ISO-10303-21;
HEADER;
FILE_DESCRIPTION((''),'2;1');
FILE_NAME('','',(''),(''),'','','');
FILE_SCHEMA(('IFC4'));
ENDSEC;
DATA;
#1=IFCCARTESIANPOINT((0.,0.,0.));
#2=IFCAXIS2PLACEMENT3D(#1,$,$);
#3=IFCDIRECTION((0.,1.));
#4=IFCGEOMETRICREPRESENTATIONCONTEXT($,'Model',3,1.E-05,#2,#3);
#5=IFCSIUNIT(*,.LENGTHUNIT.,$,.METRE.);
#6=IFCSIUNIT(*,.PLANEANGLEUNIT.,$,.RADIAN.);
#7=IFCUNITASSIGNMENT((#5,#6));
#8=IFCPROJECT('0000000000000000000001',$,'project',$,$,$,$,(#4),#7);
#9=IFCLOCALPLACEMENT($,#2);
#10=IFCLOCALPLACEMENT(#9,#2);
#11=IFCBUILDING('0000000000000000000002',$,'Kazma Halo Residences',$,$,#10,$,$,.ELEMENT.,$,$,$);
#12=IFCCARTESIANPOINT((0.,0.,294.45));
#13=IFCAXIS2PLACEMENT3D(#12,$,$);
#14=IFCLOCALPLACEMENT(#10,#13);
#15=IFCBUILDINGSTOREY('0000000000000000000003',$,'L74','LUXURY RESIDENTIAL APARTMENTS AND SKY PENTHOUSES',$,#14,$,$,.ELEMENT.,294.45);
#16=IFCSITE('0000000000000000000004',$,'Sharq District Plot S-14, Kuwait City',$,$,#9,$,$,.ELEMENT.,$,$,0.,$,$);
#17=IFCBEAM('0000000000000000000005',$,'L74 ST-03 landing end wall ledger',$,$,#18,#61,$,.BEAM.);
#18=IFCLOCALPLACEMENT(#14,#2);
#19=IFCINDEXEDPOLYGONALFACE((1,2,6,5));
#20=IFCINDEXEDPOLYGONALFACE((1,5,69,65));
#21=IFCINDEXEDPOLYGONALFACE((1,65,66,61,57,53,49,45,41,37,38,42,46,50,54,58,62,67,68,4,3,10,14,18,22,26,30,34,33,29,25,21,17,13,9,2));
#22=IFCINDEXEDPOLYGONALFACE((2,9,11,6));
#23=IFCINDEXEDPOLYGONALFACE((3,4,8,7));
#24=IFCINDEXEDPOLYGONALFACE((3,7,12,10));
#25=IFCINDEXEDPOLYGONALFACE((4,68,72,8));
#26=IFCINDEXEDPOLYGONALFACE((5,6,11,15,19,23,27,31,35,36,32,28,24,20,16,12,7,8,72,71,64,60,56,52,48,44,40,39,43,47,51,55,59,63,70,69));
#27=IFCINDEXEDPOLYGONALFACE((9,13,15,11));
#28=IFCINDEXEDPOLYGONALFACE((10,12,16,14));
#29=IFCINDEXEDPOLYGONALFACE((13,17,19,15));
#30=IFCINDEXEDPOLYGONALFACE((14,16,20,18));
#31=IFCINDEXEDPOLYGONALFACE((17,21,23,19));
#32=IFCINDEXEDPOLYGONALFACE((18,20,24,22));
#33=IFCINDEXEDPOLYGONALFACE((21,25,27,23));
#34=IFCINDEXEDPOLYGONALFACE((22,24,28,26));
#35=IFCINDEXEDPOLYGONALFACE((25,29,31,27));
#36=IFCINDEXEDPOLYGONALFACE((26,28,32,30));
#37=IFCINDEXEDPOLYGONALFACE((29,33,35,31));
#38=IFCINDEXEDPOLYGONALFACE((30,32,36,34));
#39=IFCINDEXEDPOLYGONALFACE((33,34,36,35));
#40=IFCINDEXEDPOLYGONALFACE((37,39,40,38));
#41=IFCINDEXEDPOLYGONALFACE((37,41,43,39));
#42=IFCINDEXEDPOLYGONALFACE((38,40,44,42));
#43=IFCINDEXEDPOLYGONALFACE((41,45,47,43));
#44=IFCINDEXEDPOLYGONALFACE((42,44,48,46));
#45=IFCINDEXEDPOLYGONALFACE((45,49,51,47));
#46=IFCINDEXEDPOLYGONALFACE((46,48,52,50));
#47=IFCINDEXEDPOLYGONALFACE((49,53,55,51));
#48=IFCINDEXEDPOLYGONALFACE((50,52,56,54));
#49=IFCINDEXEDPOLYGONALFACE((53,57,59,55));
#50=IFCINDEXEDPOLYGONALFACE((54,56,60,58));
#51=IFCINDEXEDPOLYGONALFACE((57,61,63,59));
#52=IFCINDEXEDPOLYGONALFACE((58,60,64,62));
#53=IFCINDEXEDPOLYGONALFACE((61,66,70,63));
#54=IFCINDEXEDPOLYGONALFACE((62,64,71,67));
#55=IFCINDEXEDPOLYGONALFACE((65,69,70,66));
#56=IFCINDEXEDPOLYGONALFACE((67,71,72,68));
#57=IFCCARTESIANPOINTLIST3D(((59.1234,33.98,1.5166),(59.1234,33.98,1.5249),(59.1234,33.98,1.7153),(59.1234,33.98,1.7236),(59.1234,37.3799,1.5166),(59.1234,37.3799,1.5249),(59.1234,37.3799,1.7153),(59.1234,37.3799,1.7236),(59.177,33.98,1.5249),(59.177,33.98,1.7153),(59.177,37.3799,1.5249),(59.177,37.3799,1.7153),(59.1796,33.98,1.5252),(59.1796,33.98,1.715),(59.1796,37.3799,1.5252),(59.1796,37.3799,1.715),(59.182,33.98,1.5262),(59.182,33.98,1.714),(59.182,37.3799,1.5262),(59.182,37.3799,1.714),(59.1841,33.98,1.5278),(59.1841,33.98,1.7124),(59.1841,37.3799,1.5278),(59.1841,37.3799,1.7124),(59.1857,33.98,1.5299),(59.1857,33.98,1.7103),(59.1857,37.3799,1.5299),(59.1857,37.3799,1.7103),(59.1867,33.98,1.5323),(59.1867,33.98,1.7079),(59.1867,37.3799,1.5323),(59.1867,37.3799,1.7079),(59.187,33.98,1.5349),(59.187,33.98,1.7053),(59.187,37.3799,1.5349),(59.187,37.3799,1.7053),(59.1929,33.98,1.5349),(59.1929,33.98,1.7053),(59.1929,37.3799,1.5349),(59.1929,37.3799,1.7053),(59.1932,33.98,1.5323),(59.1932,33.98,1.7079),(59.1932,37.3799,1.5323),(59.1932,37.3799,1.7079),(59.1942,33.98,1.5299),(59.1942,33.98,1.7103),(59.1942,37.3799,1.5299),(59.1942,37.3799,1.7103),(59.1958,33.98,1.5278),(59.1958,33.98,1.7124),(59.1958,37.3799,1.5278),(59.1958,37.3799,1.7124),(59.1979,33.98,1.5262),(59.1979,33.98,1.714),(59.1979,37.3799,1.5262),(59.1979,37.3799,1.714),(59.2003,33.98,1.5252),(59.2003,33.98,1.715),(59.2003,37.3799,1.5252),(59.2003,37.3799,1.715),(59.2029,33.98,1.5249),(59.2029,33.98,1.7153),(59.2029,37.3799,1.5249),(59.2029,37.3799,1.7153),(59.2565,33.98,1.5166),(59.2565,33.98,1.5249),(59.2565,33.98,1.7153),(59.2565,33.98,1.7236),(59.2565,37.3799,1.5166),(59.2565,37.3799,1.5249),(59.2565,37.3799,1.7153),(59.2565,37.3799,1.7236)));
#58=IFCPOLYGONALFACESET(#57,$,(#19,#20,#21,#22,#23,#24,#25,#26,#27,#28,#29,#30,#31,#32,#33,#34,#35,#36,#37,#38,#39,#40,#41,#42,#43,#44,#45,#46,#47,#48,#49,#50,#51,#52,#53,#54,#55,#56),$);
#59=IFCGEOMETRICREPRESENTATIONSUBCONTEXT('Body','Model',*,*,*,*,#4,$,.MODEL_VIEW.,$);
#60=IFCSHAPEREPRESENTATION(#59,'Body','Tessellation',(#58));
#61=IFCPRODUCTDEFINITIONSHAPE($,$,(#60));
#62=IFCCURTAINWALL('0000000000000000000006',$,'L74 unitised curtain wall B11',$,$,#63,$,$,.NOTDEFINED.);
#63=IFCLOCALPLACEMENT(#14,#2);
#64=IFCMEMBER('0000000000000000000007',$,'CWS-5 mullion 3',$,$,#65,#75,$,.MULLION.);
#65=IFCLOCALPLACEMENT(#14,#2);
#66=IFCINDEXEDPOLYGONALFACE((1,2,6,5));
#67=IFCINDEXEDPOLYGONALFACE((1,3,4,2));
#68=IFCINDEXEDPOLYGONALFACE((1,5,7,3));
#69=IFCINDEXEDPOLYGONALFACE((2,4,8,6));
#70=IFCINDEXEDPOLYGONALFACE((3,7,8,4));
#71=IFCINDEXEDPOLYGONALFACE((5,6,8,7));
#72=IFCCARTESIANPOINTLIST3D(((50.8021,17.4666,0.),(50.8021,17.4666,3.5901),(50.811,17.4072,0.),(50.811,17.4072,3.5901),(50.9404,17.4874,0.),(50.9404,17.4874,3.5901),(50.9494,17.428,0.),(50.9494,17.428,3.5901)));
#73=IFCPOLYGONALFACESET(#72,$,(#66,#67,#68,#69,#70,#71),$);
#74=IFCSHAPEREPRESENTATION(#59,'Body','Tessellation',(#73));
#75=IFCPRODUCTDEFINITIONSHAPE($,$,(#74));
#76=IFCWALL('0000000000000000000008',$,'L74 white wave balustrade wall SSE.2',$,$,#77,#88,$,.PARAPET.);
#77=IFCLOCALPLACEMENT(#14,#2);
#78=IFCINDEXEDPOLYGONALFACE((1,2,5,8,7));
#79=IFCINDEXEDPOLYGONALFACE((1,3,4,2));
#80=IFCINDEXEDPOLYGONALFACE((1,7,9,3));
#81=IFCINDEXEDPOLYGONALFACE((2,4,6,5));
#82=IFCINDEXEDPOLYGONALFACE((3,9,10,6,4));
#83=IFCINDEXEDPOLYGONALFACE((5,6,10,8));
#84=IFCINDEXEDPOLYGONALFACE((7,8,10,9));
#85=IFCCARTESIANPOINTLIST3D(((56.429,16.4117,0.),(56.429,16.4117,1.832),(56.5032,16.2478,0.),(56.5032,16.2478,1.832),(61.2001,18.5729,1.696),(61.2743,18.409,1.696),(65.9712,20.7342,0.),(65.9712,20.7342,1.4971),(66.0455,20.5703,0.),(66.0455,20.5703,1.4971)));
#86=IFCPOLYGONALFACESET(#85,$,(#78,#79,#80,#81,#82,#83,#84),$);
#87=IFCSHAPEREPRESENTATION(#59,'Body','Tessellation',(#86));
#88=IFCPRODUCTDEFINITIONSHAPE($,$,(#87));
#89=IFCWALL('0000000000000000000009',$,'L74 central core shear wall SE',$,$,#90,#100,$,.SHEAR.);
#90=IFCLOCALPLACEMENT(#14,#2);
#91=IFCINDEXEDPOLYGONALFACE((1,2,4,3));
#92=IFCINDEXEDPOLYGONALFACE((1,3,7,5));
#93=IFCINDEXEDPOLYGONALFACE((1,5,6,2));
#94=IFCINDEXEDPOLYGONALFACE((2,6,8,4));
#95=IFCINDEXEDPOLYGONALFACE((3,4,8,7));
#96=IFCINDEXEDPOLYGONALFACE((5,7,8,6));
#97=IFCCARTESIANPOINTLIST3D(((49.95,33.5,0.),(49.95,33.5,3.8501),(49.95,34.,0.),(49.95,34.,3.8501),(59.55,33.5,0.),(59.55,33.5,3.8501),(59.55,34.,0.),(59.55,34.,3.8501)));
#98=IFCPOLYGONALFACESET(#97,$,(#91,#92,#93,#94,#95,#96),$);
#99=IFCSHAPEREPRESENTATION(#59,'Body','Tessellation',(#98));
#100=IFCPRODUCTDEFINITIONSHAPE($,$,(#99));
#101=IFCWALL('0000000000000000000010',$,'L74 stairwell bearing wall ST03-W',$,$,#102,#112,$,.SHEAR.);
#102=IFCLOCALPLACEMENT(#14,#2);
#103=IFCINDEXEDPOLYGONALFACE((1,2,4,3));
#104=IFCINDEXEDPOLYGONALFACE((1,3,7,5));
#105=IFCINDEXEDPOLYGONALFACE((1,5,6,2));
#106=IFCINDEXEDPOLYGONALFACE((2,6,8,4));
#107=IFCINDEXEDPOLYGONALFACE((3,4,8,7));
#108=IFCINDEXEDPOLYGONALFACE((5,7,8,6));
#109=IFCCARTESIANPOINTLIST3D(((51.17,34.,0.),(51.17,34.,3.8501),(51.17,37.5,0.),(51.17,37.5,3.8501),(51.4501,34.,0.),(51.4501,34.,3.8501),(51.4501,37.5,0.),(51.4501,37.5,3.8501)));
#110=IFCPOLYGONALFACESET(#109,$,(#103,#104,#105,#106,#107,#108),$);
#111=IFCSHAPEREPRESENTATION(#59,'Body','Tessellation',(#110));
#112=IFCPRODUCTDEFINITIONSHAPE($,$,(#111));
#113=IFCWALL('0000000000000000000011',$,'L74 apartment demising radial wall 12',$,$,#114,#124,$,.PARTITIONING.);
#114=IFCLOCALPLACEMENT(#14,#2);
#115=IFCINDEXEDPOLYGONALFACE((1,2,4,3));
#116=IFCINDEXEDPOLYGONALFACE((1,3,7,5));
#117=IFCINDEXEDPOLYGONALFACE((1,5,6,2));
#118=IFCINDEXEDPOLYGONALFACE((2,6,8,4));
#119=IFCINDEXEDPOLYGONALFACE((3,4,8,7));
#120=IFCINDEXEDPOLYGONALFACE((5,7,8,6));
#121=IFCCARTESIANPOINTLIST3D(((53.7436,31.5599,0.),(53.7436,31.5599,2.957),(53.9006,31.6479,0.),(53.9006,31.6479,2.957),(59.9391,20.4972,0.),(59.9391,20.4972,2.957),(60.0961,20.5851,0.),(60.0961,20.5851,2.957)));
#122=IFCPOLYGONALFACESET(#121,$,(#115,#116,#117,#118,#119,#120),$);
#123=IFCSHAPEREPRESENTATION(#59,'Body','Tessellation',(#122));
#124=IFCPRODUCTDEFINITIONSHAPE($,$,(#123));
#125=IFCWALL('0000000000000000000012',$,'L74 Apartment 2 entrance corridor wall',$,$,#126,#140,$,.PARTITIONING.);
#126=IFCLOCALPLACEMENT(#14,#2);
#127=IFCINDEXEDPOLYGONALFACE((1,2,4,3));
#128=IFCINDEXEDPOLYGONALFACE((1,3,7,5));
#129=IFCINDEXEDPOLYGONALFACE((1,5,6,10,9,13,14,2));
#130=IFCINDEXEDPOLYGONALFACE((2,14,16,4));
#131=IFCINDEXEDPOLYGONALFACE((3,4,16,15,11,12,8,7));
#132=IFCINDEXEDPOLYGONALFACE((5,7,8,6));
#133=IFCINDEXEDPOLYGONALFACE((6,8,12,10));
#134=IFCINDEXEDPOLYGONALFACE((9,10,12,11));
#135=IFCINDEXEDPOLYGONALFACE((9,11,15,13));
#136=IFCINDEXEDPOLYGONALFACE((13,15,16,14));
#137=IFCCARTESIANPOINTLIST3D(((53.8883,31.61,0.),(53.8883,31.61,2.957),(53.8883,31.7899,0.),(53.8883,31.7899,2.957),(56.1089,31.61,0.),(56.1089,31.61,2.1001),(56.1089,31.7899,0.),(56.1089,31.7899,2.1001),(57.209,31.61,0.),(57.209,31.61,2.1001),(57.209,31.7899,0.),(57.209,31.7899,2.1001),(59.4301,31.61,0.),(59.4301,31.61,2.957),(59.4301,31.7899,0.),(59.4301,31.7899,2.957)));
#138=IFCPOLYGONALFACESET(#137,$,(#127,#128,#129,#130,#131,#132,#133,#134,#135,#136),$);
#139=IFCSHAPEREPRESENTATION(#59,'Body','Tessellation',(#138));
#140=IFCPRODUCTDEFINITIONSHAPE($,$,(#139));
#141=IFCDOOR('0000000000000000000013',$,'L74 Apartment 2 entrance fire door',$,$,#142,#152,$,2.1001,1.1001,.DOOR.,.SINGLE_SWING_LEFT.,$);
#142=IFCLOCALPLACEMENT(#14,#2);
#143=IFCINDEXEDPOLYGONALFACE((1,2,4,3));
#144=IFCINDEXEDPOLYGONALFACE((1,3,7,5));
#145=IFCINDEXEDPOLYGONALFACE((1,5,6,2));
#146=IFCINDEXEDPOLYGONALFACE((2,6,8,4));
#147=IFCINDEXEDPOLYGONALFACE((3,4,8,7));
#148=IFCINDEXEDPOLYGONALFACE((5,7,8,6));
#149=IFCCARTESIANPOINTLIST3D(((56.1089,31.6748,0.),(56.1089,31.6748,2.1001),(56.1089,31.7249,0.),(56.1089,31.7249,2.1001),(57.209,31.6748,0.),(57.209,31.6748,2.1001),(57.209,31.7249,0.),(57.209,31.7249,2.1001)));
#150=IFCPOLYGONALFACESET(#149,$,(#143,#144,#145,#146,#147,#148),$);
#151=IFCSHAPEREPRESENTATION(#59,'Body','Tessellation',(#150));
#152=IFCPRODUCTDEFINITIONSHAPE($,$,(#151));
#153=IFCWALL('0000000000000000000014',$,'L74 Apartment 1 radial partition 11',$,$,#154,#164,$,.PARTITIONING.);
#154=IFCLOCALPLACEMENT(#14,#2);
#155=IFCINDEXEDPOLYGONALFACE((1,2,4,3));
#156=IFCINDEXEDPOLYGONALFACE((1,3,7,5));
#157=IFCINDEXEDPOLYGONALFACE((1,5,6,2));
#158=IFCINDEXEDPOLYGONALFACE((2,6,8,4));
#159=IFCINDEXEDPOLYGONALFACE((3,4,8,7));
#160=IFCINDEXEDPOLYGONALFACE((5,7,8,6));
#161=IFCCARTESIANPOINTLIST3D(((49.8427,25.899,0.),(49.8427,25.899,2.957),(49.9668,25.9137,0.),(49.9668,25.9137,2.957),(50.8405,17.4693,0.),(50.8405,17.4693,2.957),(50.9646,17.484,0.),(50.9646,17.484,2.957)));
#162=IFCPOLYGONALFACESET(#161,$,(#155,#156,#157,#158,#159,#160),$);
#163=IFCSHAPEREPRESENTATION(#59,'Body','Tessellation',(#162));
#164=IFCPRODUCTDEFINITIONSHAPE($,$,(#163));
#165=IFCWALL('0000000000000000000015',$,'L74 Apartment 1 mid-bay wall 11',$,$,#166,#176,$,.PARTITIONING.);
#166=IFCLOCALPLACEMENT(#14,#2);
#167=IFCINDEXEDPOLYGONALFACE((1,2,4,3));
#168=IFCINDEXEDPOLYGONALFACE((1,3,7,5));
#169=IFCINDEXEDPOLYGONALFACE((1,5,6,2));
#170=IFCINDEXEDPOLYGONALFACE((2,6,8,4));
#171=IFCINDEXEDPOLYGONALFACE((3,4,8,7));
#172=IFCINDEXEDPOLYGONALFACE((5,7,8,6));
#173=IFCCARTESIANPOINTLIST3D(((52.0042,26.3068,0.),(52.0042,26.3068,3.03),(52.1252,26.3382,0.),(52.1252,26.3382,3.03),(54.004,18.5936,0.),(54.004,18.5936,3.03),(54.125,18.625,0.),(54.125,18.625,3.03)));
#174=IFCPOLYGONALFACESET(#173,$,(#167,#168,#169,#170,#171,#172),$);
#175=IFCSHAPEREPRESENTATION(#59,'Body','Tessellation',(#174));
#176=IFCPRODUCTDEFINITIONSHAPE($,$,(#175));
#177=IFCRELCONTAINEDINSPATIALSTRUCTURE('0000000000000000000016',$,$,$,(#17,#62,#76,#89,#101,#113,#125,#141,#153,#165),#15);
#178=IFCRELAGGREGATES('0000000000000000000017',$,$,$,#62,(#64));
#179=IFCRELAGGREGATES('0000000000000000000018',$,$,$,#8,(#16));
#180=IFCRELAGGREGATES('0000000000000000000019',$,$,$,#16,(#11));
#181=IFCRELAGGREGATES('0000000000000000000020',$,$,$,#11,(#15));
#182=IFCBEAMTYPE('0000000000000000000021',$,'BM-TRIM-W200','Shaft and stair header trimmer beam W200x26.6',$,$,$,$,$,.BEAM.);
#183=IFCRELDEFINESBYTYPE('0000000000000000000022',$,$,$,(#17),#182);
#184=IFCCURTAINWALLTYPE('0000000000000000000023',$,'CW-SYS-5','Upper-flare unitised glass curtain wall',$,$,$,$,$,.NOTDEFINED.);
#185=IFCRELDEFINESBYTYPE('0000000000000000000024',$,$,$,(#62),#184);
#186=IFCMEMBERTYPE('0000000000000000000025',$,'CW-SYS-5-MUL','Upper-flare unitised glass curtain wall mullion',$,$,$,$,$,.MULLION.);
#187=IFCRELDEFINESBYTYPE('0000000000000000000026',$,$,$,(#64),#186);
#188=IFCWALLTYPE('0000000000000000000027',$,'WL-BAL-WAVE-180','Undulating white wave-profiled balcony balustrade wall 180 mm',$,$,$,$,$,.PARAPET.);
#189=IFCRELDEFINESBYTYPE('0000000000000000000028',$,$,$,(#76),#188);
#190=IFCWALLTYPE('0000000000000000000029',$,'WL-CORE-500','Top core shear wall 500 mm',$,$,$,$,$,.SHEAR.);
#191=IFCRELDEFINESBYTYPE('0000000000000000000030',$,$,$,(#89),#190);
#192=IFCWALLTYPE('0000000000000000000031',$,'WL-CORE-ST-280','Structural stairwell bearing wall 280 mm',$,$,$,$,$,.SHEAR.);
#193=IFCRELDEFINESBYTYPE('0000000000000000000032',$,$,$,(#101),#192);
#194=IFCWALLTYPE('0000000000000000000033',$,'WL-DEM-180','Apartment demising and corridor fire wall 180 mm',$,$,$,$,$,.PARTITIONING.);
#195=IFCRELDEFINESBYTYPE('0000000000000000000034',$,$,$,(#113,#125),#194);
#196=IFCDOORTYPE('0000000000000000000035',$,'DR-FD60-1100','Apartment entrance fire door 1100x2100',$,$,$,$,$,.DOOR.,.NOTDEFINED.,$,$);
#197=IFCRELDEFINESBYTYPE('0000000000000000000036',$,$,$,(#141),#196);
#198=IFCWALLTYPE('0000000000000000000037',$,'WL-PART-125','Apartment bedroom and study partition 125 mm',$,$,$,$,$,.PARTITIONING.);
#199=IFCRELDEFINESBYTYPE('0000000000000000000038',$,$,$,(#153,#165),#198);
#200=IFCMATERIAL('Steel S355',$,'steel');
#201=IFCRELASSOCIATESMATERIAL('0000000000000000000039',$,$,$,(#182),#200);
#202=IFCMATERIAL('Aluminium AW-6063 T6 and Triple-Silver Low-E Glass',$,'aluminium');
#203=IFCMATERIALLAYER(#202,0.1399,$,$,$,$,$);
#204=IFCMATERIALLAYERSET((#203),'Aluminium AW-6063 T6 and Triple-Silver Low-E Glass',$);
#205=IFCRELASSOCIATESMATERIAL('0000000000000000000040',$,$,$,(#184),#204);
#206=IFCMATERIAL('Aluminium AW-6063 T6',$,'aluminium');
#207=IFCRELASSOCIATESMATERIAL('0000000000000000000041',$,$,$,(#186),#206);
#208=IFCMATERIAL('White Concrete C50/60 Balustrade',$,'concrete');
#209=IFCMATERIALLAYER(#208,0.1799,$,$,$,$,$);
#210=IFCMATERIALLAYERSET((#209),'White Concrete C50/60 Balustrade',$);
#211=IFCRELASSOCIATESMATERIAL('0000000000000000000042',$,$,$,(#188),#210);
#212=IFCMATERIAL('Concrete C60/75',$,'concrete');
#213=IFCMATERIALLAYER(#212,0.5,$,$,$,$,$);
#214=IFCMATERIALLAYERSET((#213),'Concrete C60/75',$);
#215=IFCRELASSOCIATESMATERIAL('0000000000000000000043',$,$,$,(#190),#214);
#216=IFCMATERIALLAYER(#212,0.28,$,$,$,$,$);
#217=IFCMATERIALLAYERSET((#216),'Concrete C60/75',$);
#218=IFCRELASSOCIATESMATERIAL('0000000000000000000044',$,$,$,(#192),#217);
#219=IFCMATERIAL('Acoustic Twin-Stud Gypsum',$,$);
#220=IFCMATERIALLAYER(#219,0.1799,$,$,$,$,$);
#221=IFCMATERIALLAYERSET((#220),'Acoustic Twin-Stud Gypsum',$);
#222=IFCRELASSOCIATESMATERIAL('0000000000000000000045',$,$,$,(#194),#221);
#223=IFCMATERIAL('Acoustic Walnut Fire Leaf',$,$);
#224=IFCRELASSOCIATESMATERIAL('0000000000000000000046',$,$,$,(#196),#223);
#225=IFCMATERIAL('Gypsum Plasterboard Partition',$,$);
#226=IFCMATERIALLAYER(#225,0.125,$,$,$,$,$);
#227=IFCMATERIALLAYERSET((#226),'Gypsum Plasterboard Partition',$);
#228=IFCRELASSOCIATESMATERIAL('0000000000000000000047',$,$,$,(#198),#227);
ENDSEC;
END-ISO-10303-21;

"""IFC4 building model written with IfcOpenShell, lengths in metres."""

from ifc_helpers import new_model, si_unit, direction, frame, frame_2d, origin, origin_2d, place, context, subcontext, project, spatial, polyline, rectangle, i_section, outline, extrude, material, layer, layer_set, material_profile, profile_set, type_object, element, fill, aggregate, save


model = new_model("IFC4")

# Units and contexts
model_context = context("Model", 3, precision=1e-05, world=origin(), true_north=direction((0.0, 1.0)))
body_context = subcontext(model_context, "Body", "Model", "MODEL_VIEW")
ifc_project = project(units=[si_unit("LENGTHUNIT", "METRE"), si_unit("PLANEANGLEUNIT", "RADIAN")], contexts=[model_context])

# Site, building, storey
site_placement = place(None, origin())
site = spatial("IfcSite", under=ifc_project, at=site_placement, Name="Sharq District Plot S-14, Kuwait City", CompositionType="ELEMENT", RefElevation=0.0)
building_placement = place(site_placement, origin())
building = spatial("IfcBuilding", under=site, at=building_placement, Name="Kazma Halo Residences", CompositionType="ELEMENT")
storey_placement = place(building_placement, frame((0.0, 0.0, 294.45)))
storey = spatial("IfcBuildingStorey", under=building, at=storey_placement, Name="L74", Description="LUXURY RESIDENTIAL APARTMENTS AND SKY PENTHOUSES", CompositionType="ELEMENT", Elevation=294.45)

# Shared definitions
ifc_material_1 = material(Name="Concrete C60/75", Category="concrete")

# Beam
ifc_material_2 = material(Name="Steel S355", Category="steel")
ifc_material_profile_1 = material_profile(ifc_material_2, i_section(OverallWidth=0.1331, OverallDepth=0.207, WebThickness=0.0059, FlangeThickness=0.0083, FilletRadius=0.01, at=origin_2d()), Name="W200x26.6")
ifc_profile_set_1 = profile_set([ifc_material_profile_1], Name="Steel S355")
beam_type_1 = type_object("IfcBeamType", Name="BM-TRIM-W200", Description="Shaft and stair header trimmer beam W200x26.6", PredefinedType="BEAM", material=ifc_profile_set_1)
beam_1_placement = place(storey_placement, frame((59.1899, 33.98, 1.6201), z_axis=(0.0, 1.0, 0.0), x_axis=(-1.0, 0.0, 0.0)))
element("IfcBeam", 1, at=beam_1_placement, inside=storey, type_object=beam_type_1, Name="L74 ST-03 landing end wall ledger", PredefinedType="BEAM", context=body_context, shape_type="SweptSolid", body=[
    extrude(i_section(OverallWidth=0.1331, OverallDepth=0.207, WebThickness=0.0059, FlangeThickness=0.0083, FilletRadius=0.01, at=origin_2d()), origin(), (0.0, 0.0, 1.0), 3.3999),
])

# Curtain wall, member
ifc_material_3 = material(Name="Aluminium AW-6063 T6 and Triple-Silver Low-E Glass", Category="aluminium")
ifc_layer_1 = layer(ifc_material_3, 0.1399)
ifc_layer_set_1 = layer_set([ifc_layer_1], Name="Aluminium AW-6063 T6 and Triple-Silver Low-E Glass")
curtain_wall_type = type_object("IfcCurtainWallType", Name="CW-SYS-5", Description="Upper-flare unitised glass curtain wall", PredefinedType="NOTDEFINED", material=ifc_layer_set_1)
curtain_wall_placement = place(storey_placement, origin())
curtain_wall = element("IfcCurtainWall", 2, at=curtain_wall_placement, inside=storey, type_object=curtain_wall_type, Name="L74 unitised curtain wall B11", PredefinedType="NOTDEFINED")
ifc_material_4 = material(Name="Aluminium AW-6063 T6", Category="aluminium")
ifc_material_profile_2 = material_profile(ifc_material_4, rectangle(XDim=0.0601, YDim=0.1399, at=origin_2d()), Name="CWM-60x140")
ifc_profile_set_2 = profile_set([ifc_material_profile_2], Name="Aluminium AW-6063 T6")
member_type = type_object("IfcMemberType", Name="CW-SYS-5-MUL", Description="Upper-flare unitised glass curtain wall mullion", PredefinedType="MULLION", material=ifc_profile_set_2)
member_placement = place(storey_placement, frame((50.8757, 17.4473, 0.0), z_axis=(0.0, 0.0, 1.0), x_axis=(-0.148697, 0.988883, 0.0)))
member = element("IfcMember", 3, at=member_placement, type_object=member_type, Name="CWS-5 mullion 3", PredefinedType="MULLION", context=body_context, shape_type="SweptSolid", body=[
    extrude(rectangle(XDim=0.0601, YDim=0.1399, at=origin_2d()), origin(), (0.0, 0.0, 1.0), 3.5901),
])
aggregate(curtain_wall, [member])

# Walls
ifc_material_5 = material(Name="White Concrete C50/60 Balustrade", Category="concrete")
ifc_layer_2 = layer(ifc_material_5, 0.1799)
ifc_layer_set_2 = layer_set([ifc_layer_2], Name="White Concrete C50/60 Balustrade")
wall_type_1 = type_object("IfcWallType", Name="WL-BAL-WAVE-180", Description="Undulating white wave-profiled balcony balustrade wall 180 mm", PredefinedType="PARAPET", material=ifc_layer_set_2)
wall_1_placement = place(storey_placement, frame((56.4661, 16.3298, 0.0), z_axis=(0.0, 0.0, 1.0), x_axis=(0.9109, 0.412626, 0.0)))
element("IfcWall", 4, at=wall_1_placement, inside=storey, type_object=wall_type_1, Name="L74 white wave balustrade wall SSE.2", PredefinedType="PARAPET", context=body_context, shape_type="SweptSolid", body=[
    extrude(outline(polyline([(0.0, 0.0), (10.4756, 0.0), (10.4756, 1.4971), (5.2378, 1.696), (0.0, 1.832), (0.0, 0.0)])), frame((0.0, 0.0898, 0.0), z_axis=(0.0, -1.0, 0.0), x_axis=(1.0, 0.0, 0.0)), (0.0, 0.0, 1.0), 0.1799),
])
ifc_layer_3 = layer(ifc_material_1, 0.5)
ifc_layer_set_3 = layer_set([ifc_layer_3], Name="Concrete C60/75")
wall_type_2 = type_object("IfcWallType", Name="WL-CORE-500", Description="Top core shear wall 500 mm", PredefinedType="SHEAR", material=ifc_layer_set_3)
wall_2_placement = place(storey_placement, frame((49.95, 33.75, 0.0), z_axis=(0.0, 0.0, 1.0), x_axis=(1.0, 0.0, 0.0)))
element("IfcWall", 5, at=wall_2_placement, inside=storey, type_object=wall_type_2, Name="L74 central core shear wall SE", PredefinedType="SHEAR", context=body_context, shape_type="SweptSolid", body=[
    extrude(rectangle(XDim=9.6001, YDim=0.5, at=frame_2d((4.8, 0.0))), origin(), (0.0, 0.0, 1.0), 3.8501),
])
ifc_layer_4 = layer(ifc_material_1, 0.28)
ifc_layer_set_4 = layer_set([ifc_layer_4], Name="Concrete C60/75")
wall_type_3 = type_object("IfcWallType", Name="WL-CORE-ST-280", Description="Structural stairwell bearing wall 280 mm", PredefinedType="SHEAR", material=ifc_layer_set_4)
wall_3_placement = place(storey_placement, frame((51.3101, 34.0, 0.0), z_axis=(0.0, 0.0, 1.0), x_axis=(0.0, 1.0, 0.0)))
element("IfcWall", 6, at=wall_3_placement, inside=storey, type_object=wall_type_3, Name="L74 stairwell bearing wall ST03-W", PredefinedType="SHEAR", context=body_context, shape_type="SweptSolid", body=[
    extrude(rectangle(XDim=3.5, YDim=0.28, at=frame_2d((1.75, 0.0))), origin(), (0.0, 0.0, 1.0), 3.8501),
])
ifc_material_6 = material(Name="Acoustic Twin-Stud Gypsum")
ifc_layer_5 = layer(ifc_material_6, 0.1799)
ifc_layer_set_5 = layer_set([ifc_layer_5], Name="Acoustic Twin-Stud Gypsum")
wall_type_4 = type_object("IfcWallType", Name="WL-DEM-180", Description="Apartment demising and corridor fire wall 180 mm", PredefinedType="PARTITIONING", material=ifc_layer_set_5)
wall_4_placement = place(storey_placement, frame((53.822, 31.604, 0.0), z_axis=(0.0, 0.0, 1.0), x_axis=(0.488629, -0.872492, 0.0)))
element("IfcWall", 7, at=wall_4_placement, inside=storey, type_object=wall_type_4, Name="L74 apartment demising radial wall 12", PredefinedType="PARTITIONING", context=body_context, shape_type="SweptSolid", body=[
    extrude(rectangle(XDim=12.6794, YDim=0.1799, at=frame_2d((6.3398, 0.0))), origin(), (0.0, 0.0, 1.0), 2.957),
])

# Wall, opening, door
wall_5_placement = place(storey_placement, frame((53.8882, 31.7, 0.0), z_axis=(0.0, 0.0, 1.0), x_axis=(1.0, 0.0, 0.0)))
wall_5 = element("IfcWall", 8, at=wall_5_placement, inside=storey, type_object=wall_type_4, Name="L74 Apartment 2 entrance corridor wall", PredefinedType="PARTITIONING", context=body_context, shape_type="SweptSolid", body=[
    extrude(rectangle(XDim=5.5417, YDim=0.1799, at=frame_2d((2.771, 0.0))), origin(), (0.0, 0.0, 1.0), 2.957),
])
opening_1_placement = place(wall_5_placement, frame((2.2207, 0.0, 0.0)))
opening_1 = element("IfcOpeningElement", 9, at=opening_1_placement, cuts=wall_5, PredefinedType="OPENING", context=body_context, shape_type="SweptSolid", body=[
    extrude(rectangle(XDim=1.1001, YDim=2.1001, at=frame_2d((0.55, 1.05))), frame((0.0, 0.0999, 0.0), z_axis=(0.0, -1.0, 0.0), x_axis=(1.0, 0.0, 0.0)), (0.0, 0.0, 1.0), 0.2),
])
ifc_material_7 = material(Name="Acoustic Walnut Fire Leaf")
door_type_1 = type_object("IfcDoorType", Name="DR-FD60-1100", Description="Apartment entrance fire door 1100x2100", OperationType="NOTDEFINED", PredefinedType="DOOR", material=ifc_material_7)
door_1_placement = place(opening_1_placement, origin())
door_1 = element("IfcDoor", 10, at=door_1_placement, inside=storey, type_object=door_type_1, Name="L74 Apartment 2 entrance fire door", OperationType="SINGLE_SWING_LEFT", OverallHeight=2.1001, OverallWidth=1.1001, PredefinedType="DOOR", context=body_context, shape_type="SweptSolid", body=[
    extrude(rectangle(XDim=1.1001, YDim=2.1001, at=frame_2d((0.55, 1.05))), frame((0.0, 0.0249, 0.0), z_axis=(0.0, -1.0, 0.0), x_axis=(1.0, 0.0, 0.0)), (0.0, 0.0, 1.0), 0.05),
])
fill(opening_1, door_1)

# Walls
ifc_material_8 = material(Name="Gypsum Plasterboard Partition")
ifc_layer_6 = layer(ifc_material_8, 0.125)
ifc_layer_set_6 = layer_set([ifc_layer_6], Name="Gypsum Plasterboard Partition")
wall_type_5 = type_object("IfcWallType", Name="WL-PART-125", Description="Apartment bedroom and study partition 125 mm", PredefinedType="PARTITIONING", material=ifc_layer_set_6)
wall_6_placement = place(storey_placement, frame((49.9048, 25.9062, 0.0), z_axis=(0.0, 0.0, 1.0), x_axis=(0.117547, -0.993067, 0.0)))
element("IfcWall", 11, at=wall_6_placement, inside=storey, type_object=wall_type_5, Name="L74 Apartment 1 radial partition 11", PredefinedType="PARTITIONING", context=body_context, shape_type="SweptSolid", body=[
    extrude(rectangle(XDim=8.4885, YDim=0.125, at=frame_2d((4.2441, 0.0))), origin(), (0.0, 0.0, 1.0), 2.957),
])
wall_7_placement = place(storey_placement, frame((52.0647, 26.3225, 0.0), z_axis=(0.0, 0.0, 1.0), x_axis=(0.250969, -0.967995, 0.0)))
element("IfcWall", 12, at=wall_7_placement, inside=storey, type_object=wall_type_5, Name="L74 Apartment 1 mid-bay wall 11", PredefinedType="PARTITIONING", context=body_context, shape_type="SweptSolid", body=[
    extrude(rectangle(XDim=7.9683, YDim=0.125, at=frame_2d((3.9841, 0.0))), origin(), (0.0, 0.0, 1.0), 3.03),
])

save(model, "model.ifc")
